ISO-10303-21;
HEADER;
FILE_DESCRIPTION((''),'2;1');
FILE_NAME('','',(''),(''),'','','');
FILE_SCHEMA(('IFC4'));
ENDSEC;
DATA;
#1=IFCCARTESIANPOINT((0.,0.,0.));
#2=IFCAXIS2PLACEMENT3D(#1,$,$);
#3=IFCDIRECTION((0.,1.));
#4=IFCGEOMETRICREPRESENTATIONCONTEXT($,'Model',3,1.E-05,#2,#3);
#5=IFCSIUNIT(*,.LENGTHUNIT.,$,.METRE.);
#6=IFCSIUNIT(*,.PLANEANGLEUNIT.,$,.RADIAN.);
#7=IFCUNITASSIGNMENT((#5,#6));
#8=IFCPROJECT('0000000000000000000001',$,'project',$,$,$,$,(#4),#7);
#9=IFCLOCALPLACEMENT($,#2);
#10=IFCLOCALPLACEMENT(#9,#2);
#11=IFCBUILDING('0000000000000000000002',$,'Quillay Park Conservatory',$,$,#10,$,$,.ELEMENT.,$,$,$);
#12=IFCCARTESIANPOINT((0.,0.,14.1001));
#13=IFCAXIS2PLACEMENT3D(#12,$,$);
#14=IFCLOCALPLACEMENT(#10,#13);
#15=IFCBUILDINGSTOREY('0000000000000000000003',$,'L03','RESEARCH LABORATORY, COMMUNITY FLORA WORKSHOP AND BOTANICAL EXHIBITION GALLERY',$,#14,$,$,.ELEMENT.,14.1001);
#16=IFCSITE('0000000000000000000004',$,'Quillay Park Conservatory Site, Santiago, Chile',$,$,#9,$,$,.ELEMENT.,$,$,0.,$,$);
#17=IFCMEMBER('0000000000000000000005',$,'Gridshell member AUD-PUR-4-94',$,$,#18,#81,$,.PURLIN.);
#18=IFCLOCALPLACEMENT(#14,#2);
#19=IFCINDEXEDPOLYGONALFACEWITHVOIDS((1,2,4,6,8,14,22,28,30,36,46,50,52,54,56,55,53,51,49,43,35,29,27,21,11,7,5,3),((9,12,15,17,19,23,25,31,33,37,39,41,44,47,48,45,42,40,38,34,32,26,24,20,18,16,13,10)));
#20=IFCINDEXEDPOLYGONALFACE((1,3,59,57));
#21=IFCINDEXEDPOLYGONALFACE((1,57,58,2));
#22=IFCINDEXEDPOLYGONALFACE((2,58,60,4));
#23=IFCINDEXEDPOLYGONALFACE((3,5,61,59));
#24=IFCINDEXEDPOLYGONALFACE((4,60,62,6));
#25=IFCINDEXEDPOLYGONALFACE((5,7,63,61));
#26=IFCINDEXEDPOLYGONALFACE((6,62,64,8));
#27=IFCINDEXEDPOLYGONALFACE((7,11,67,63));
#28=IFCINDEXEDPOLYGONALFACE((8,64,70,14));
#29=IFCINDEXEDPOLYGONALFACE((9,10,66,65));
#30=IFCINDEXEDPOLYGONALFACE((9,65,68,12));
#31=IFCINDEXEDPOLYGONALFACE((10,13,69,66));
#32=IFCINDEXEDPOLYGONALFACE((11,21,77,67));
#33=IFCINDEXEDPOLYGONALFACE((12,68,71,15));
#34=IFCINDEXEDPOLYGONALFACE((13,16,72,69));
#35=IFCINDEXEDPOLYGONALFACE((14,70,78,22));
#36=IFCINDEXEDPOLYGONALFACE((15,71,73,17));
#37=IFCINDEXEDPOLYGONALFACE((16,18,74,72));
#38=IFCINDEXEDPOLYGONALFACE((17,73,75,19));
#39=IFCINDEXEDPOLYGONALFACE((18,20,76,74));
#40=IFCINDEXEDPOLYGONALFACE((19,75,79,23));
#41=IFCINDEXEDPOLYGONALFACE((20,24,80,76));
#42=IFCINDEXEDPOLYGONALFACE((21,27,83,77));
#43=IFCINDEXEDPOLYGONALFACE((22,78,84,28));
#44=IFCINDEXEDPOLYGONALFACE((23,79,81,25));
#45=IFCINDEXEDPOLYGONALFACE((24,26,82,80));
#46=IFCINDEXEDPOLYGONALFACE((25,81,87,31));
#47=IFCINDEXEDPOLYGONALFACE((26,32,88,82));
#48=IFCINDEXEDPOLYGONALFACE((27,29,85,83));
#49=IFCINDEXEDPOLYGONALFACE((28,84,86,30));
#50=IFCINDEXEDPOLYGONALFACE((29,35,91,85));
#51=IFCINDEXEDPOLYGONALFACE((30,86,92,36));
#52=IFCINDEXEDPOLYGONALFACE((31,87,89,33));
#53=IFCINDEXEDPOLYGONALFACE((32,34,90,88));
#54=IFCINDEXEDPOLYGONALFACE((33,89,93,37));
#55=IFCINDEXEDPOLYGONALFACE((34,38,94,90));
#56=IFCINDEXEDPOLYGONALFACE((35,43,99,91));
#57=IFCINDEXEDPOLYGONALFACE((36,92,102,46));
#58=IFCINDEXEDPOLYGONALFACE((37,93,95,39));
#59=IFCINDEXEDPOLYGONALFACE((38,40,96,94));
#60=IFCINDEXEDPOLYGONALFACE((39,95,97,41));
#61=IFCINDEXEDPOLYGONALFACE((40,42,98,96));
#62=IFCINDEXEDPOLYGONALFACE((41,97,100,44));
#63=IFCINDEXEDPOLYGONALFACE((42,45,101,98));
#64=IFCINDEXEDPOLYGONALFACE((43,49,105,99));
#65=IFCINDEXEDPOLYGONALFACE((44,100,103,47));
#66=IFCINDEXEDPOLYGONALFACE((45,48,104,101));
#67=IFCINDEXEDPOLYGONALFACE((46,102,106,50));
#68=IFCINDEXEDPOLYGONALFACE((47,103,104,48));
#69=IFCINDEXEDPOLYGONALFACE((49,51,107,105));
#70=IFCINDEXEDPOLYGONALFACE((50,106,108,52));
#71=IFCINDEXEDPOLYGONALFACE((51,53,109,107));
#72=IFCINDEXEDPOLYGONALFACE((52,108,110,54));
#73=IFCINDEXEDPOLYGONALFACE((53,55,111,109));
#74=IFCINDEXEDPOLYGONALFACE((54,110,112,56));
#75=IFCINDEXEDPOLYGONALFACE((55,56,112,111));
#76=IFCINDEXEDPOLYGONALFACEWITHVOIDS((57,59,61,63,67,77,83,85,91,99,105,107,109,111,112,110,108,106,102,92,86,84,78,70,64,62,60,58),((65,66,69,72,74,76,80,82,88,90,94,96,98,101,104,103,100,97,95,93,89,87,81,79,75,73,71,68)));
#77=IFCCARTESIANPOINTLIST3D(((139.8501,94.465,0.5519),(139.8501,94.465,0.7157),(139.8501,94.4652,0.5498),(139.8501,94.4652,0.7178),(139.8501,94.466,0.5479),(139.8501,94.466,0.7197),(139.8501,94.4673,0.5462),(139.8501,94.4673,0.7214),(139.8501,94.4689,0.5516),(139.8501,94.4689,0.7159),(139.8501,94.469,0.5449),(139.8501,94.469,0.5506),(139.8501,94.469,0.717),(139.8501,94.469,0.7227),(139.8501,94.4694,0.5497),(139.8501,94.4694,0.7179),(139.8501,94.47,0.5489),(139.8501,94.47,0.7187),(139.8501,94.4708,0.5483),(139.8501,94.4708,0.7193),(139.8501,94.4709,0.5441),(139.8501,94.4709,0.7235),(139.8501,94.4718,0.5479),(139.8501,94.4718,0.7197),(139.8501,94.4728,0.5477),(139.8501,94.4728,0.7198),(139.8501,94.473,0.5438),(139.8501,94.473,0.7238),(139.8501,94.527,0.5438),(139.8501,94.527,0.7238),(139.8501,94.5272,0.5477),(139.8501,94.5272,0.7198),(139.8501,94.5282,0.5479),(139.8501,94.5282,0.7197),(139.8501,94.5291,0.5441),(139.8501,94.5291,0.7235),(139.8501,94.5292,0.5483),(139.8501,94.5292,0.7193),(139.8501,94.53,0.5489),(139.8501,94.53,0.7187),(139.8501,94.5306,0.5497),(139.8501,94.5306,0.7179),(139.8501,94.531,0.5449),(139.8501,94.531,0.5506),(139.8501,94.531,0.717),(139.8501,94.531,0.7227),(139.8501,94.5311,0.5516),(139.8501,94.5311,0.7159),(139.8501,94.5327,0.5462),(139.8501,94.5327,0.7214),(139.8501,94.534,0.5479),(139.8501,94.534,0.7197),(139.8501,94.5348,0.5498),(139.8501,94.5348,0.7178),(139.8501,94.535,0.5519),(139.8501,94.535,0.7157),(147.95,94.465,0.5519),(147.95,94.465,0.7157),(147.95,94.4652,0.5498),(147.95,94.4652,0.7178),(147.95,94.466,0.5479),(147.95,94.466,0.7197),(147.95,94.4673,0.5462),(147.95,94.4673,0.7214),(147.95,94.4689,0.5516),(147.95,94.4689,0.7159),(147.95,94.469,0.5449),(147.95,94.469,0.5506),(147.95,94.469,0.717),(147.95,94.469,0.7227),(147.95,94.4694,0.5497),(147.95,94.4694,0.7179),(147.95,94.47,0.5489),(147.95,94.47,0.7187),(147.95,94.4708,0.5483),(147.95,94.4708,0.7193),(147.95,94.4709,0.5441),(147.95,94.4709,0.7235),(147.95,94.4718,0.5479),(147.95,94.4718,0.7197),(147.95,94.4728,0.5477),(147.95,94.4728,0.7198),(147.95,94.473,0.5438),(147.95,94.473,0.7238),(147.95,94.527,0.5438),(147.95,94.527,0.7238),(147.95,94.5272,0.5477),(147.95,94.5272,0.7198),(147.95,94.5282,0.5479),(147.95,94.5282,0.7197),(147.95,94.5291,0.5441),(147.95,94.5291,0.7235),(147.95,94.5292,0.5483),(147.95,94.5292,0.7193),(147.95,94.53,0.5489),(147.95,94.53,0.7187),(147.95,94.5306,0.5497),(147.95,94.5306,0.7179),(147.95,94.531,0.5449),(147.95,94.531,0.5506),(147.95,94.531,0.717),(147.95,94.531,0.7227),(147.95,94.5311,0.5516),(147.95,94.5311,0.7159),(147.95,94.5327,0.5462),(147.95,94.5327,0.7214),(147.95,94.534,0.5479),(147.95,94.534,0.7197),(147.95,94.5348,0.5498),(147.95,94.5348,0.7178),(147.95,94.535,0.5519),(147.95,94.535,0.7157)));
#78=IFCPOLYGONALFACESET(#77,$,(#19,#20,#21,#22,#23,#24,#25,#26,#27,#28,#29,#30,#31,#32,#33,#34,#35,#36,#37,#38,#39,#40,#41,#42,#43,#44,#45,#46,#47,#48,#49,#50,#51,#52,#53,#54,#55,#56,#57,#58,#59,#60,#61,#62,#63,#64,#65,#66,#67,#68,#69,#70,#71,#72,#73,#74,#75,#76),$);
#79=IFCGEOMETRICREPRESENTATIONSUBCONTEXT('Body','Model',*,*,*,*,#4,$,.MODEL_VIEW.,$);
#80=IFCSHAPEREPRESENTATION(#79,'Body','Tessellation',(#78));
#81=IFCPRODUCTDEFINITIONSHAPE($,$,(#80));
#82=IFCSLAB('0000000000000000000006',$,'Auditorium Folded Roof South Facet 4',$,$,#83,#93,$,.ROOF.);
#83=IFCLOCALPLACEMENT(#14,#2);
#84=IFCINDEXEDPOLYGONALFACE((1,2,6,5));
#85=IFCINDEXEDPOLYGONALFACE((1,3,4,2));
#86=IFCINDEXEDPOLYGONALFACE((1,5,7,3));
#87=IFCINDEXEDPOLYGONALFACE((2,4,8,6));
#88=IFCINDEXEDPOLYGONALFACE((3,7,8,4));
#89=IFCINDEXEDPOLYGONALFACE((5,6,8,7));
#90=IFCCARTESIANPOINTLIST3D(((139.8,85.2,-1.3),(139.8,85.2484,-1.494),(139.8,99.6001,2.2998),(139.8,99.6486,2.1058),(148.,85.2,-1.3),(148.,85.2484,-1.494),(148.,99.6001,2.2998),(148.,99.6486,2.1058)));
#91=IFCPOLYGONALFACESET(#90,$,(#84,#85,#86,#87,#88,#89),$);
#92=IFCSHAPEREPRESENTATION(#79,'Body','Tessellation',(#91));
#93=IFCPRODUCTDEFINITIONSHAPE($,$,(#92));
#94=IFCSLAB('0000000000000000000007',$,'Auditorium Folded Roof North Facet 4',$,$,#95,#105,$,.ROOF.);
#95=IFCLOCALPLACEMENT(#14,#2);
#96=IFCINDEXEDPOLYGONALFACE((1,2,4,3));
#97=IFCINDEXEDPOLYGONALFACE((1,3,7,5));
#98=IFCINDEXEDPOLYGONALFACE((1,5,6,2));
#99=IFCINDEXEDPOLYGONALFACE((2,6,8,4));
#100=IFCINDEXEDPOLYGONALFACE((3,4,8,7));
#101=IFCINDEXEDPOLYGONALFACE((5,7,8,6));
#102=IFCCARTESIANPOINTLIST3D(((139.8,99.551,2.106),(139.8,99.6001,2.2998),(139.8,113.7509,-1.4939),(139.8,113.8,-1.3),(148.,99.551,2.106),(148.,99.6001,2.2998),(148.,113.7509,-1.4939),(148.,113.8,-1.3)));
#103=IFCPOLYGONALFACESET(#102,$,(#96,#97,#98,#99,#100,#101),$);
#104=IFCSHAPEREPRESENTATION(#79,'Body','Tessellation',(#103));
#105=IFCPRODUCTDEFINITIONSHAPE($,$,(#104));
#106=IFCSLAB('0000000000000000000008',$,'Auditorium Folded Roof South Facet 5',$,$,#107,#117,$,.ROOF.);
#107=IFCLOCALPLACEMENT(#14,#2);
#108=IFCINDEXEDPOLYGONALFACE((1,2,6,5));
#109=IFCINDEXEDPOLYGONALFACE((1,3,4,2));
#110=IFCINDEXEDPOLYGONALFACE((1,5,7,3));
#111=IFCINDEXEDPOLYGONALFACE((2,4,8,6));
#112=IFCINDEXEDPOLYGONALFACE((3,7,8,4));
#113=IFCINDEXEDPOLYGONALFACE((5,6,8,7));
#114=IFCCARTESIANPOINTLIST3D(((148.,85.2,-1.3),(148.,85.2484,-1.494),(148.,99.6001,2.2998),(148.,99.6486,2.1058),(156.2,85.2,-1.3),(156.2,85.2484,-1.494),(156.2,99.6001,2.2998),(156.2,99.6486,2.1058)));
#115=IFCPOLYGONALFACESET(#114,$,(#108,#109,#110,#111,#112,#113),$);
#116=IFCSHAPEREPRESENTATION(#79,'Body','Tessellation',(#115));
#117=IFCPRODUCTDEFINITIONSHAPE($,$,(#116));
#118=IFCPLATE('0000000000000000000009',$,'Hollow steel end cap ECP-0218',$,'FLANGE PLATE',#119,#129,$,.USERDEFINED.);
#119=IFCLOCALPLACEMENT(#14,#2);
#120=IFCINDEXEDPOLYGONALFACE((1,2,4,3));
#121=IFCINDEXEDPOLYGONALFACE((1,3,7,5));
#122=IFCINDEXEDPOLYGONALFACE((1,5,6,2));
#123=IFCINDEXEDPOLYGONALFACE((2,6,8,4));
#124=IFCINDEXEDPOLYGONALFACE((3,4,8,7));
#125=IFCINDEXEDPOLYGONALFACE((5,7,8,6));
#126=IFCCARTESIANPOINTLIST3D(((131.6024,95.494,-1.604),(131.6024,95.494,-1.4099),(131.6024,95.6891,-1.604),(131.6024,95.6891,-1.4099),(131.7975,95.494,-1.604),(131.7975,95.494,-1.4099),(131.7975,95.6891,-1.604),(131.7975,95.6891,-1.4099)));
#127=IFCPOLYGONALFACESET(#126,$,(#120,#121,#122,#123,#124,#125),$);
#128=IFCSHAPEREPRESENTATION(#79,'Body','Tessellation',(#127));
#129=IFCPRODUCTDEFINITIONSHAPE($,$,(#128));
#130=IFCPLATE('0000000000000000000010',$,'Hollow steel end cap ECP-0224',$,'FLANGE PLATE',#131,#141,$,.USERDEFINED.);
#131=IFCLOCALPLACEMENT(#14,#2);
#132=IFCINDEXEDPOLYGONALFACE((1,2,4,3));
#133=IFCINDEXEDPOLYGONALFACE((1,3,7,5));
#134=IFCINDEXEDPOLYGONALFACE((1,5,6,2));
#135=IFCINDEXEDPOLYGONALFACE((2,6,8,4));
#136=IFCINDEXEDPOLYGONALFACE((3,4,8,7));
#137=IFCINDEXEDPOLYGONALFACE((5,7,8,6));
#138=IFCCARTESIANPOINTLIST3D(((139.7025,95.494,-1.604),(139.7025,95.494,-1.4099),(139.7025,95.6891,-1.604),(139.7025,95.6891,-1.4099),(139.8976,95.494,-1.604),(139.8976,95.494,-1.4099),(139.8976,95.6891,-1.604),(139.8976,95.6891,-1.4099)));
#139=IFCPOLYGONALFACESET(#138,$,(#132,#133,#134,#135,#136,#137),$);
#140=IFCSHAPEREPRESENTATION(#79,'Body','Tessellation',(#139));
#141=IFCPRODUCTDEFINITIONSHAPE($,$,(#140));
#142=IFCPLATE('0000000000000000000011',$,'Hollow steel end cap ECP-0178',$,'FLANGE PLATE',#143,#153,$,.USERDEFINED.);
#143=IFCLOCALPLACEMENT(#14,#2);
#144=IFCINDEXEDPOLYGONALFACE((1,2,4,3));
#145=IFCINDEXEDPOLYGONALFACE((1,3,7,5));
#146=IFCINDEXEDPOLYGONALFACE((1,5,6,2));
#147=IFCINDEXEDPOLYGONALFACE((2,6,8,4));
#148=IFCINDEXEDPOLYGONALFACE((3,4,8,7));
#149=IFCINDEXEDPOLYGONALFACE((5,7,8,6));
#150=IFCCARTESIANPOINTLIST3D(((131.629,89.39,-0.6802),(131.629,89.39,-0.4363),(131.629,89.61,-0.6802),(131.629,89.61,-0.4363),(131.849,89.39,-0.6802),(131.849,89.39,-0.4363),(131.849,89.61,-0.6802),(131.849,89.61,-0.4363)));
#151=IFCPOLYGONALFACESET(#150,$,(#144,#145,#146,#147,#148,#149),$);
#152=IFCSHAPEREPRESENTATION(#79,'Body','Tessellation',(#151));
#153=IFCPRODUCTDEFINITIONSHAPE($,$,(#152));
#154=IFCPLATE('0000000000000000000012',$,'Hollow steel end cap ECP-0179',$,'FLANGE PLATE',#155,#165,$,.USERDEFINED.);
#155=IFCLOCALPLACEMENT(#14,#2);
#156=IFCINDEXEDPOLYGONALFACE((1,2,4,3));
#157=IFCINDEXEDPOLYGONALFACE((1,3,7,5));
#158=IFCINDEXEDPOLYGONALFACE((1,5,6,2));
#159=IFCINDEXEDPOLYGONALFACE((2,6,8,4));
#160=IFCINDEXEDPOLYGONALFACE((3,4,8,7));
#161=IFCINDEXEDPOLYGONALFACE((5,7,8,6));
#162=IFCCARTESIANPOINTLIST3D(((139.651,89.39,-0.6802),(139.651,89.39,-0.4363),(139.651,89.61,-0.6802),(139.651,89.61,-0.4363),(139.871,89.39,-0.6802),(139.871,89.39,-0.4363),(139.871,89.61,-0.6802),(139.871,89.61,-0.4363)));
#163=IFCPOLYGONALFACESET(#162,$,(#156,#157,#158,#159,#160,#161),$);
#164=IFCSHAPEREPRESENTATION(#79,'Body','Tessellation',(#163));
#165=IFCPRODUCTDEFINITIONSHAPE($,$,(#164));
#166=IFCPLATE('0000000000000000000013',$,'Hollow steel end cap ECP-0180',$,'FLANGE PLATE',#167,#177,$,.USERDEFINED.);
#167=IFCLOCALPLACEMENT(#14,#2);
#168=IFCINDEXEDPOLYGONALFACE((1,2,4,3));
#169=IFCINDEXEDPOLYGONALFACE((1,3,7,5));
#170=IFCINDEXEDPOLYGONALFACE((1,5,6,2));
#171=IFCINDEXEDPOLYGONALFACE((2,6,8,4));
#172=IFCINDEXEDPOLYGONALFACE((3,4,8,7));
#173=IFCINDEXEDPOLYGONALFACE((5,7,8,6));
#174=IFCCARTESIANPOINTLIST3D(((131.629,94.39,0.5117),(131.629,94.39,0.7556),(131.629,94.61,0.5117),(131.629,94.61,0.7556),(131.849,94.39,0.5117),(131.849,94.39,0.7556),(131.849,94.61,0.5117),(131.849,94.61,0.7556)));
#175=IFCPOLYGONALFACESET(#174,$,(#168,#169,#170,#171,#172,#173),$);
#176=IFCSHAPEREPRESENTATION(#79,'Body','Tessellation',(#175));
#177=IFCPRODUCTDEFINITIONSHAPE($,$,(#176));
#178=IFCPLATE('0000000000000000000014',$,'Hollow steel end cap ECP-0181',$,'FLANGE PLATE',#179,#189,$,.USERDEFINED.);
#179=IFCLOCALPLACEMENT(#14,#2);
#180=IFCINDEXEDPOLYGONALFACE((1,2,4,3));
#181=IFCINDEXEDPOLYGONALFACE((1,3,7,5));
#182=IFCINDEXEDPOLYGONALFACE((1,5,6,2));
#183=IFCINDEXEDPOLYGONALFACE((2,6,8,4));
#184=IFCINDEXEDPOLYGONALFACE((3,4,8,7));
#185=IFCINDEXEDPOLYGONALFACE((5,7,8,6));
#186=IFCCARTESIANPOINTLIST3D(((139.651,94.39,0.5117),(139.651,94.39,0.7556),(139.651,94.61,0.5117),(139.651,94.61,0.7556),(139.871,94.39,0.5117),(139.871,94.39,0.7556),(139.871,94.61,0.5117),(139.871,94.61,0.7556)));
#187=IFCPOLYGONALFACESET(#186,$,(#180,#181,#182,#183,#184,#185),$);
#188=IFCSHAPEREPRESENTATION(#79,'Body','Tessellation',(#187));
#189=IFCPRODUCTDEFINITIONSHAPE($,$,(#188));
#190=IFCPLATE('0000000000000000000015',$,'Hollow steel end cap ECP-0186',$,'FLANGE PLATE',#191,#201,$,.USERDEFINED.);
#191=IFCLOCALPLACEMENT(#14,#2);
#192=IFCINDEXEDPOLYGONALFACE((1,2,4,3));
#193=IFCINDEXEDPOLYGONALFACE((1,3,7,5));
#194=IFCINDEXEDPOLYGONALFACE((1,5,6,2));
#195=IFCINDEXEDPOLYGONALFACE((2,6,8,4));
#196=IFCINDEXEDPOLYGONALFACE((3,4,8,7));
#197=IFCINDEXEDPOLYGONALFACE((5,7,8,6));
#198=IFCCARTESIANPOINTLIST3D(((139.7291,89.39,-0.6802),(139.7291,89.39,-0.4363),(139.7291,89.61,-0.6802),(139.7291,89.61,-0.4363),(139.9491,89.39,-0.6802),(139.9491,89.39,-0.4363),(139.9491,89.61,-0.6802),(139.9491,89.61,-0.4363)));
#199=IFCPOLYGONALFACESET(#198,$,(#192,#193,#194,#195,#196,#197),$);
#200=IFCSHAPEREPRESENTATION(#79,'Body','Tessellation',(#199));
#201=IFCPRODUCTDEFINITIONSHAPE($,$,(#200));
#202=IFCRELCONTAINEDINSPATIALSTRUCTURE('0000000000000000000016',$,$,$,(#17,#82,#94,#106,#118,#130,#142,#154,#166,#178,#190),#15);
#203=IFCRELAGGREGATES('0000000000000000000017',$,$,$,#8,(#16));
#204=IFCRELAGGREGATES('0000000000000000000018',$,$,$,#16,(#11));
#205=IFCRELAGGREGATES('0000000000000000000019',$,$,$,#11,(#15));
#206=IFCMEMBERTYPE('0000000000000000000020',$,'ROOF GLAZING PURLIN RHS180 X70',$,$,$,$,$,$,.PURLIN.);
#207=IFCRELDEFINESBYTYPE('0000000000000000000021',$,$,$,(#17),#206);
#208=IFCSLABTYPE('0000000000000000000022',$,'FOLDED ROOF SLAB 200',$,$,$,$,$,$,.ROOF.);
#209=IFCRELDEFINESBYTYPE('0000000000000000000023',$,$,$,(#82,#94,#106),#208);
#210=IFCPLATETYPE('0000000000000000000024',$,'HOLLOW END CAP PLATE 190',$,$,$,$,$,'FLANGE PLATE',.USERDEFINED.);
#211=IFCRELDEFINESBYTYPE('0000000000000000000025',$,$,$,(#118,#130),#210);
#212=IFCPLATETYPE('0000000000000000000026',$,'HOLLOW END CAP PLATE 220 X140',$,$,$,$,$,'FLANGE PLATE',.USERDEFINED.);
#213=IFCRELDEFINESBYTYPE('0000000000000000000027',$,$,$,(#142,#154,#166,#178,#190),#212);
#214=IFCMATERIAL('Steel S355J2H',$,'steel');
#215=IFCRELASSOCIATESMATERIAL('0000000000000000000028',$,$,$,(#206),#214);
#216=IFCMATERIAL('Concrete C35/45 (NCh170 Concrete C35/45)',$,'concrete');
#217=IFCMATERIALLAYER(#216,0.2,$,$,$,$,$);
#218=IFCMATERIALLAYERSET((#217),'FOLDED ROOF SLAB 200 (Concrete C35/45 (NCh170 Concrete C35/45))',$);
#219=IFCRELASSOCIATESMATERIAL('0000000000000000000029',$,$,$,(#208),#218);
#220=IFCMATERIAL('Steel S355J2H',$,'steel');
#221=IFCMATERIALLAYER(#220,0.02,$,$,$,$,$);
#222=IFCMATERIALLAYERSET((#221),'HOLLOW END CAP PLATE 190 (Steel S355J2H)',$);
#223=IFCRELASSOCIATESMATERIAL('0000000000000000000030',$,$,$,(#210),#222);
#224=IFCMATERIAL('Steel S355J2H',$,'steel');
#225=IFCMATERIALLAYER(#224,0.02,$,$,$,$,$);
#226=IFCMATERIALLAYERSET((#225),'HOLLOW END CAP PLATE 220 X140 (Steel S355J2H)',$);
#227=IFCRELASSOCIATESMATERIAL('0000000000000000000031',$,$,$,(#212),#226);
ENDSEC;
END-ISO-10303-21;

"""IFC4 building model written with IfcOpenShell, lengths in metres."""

from ifc_helpers import new_model, si_unit, direction, frame, origin, origin_2d, place, context, subcontext, project, spatial, polyline, rectangle, hollow_rectangle, outline, extrude, material, layer, layer_set, material_profile, profile_set, type_object, element, save


model = new_model("IFC4")

# Units and contexts
model_context = context("Model", 3, precision=1e-05, world=origin(), true_north=direction((0.0, 1.0)))
body_context = subcontext(model_context, "Body", "Model", "MODEL_VIEW")
ifc_project = project(units=[si_unit("LENGTHUNIT", "METRE"), si_unit("PLANEANGLEUNIT", "RADIAN")], contexts=[model_context])

# Site, building, storey
site_placement = place(None, origin())
site = spatial("IfcSite", under=ifc_project, at=site_placement, Name="Quillay Park Conservatory Site, Santiago, Chile", CompositionType="ELEMENT", RefElevation=0.0)
building_placement = place(site_placement, origin())
building = spatial("IfcBuilding", under=site, at=building_placement, Name="Quillay Park Conservatory", CompositionType="ELEMENT")
storey_placement = place(building_placement, frame((0.0, 0.0, 14.1001)))
storey = spatial("IfcBuildingStorey", under=building, at=storey_placement, Name="L03", Description="RESEARCH LABORATORY, COMMUNITY FLORA WORKSHOP AND BOTANICAL EXHIBITION GALLERY", CompositionType="ELEMENT", Elevation=14.1001)

# Member
ifc_material_1 = material(Name="Steel S355J2H", Category="steel")
ifc_material_profile_1 = material_profile(ifc_material_1, hollow_rectangle(XDim=0.0701, YDim=0.1799, WallThickness=0.0039, InnerFilletRadius=0.0039, OuterFilletRadius=0.0081, at=origin_2d()), Name="RHS180x70x4")
ifc_profile_set_1 = profile_set([ifc_material_profile_1], Name="Steel S355J2H")
member_type_1 = type_object("IfcMemberType", Name="ROOF GLAZING PURLIN RHS180 X70", PredefinedType="PURLIN", material=ifc_profile_set_1)
for number, where, z_axis, x_axis, name in (
    (1, (139.8501, 94.5, 0.6338), (1.0, 0.0, 0.0), (0.0, 1.0, 0.0), "Gridshell member AUD-PUR-4-94"),
):
    element("IfcMember", number, at=place(storey_placement, frame(where, z_axis=z_axis, x_axis=x_axis)), inside=storey, type_object=member_type_1, Name=name, PredefinedType="PURLIN", context=body_context, shape_type="SweptSolid", body=[
        extrude(hollow_rectangle(XDim=0.0701, YDim=0.1799, WallThickness=0.0039, InnerFilletRadius=0.0039, OuterFilletRadius=0.0081, at=origin_2d()), origin(), (0.0, 0.0, 1.0), 8.0999),
    ])

# Slabs
ifc_material_2 = material(Name="Concrete C35/45 (NCh170 Concrete C35/45)", Category="concrete")
ifc_layer_1 = layer(ifc_material_2, 0.2)
ifc_layer_set_1 = layer_set([ifc_layer_1], Name="FOLDED ROOF SLAB 200 (Concrete C35/45 (NCh170 Concrete C35/45))")
slab_type = type_object("IfcSlabType", Name="FOLDED ROOF SLAB 200", PredefinedType="ROOF", material=ifc_layer_set_1)
slab_1_placement = place(storey_placement, frame((139.8, 85.2, -1.3), z_axis=(0.0, -0.242524, 0.970145), x_axis=(1.0, 0.0, 0.0)))
element("IfcSlab", 2, at=slab_1_placement, inside=storey, type_object=slab_type, Name="Auditorium Folded Roof South Facet 4", PredefinedType="ROOF", context=body_context, shape_type="SweptSolid", body=[
    extrude(outline(polyline([(0.0, 0.0), (8.2, 0.0), (8.2, 14.8433), (0.0, 14.8433), (0.0, 0.0)])), origin(), (0.0, 0.0, -1.0), 0.2),
])
slab_2_placement = place(storey_placement, frame((139.8, 99.6001, 2.2998), z_axis=(0.0, 0.245738, 0.969336), x_axis=(1.0, 0.0, 0.0)))
element("IfcSlab", 3, at=slab_2_placement, inside=storey, type_object=slab_type, Name="Auditorium Folded Roof North Facet 4", PredefinedType="ROOF", context=body_context, shape_type="SweptSolid", body=[
    extrude(outline(polyline([(0.0, 0.0), (8.2, 0.0), (8.2, 14.6491), (0.0, 14.6491), (0.0, 0.0)])), origin(), (0.0, 0.0, -1.0), 0.2),
])
slab_3_placement = place(storey_placement, frame((148.0, 85.2, -1.3), z_axis=(0.0, -0.242524, 0.970145), x_axis=(1.0, 0.0, 0.0)))
element("IfcSlab", 4, at=slab_3_placement, inside=storey, type_object=slab_type, Name="Auditorium Folded Roof South Facet 5", PredefinedType="ROOF", context=body_context, shape_type="SweptSolid", body=[
    extrude(outline(polyline([(0.0, 0.0), (8.2, 0.0), (8.2, 14.8433), (0.0, 14.8433), (0.0, 0.0)])), origin(), (0.0, 0.0, -1.0), 0.2),
])

# Plates
ifc_material_3 = material(Name="Steel S355J2H", Category="steel")
ifc_layer_2 = layer(ifc_material_3, 0.02)
ifc_layer_set_2 = layer_set([ifc_layer_2], Name="HOLLOW END CAP PLATE 190 (Steel S355J2H)")
plate_type_1 = type_object("IfcPlateType", Name="HOLLOW END CAP PLATE 190", ElementType="FLANGE PLATE", PredefinedType="USERDEFINED", material=ifc_layer_set_2)
for number, where, z_axis, x_axis, name in (
    (5, (131.7, 95.5916, -1.604), (0.0, 0.0, 1.0), (1.0, 0.0, 0.0), "Hollow steel end cap ECP-0218"),
    (6, (139.8, 95.5916, -1.604), (0.0, 0.0, 1.0), (1.0, 0.0, 0.0), "Hollow steel end cap ECP-0224"),
):
    element("IfcPlate", number, at=place(storey_placement, frame(where, z_axis=z_axis, x_axis=x_axis)), inside=storey, type_object=plate_type_1, Name=name, ObjectType="FLANGE PLATE", PredefinedType="USERDEFINED", context=body_context, shape_type="SweptSolid", body=[
        extrude(rectangle(XDim=0.1951, YDim=0.1951, at=origin_2d()), origin(), (0.0, 0.0, 1.0), 0.1941),
    ])
ifc_material_4 = material(Name="Steel S355J2H", Category="steel")
ifc_layer_3 = layer(ifc_material_4, 0.02)
ifc_layer_set_3 = layer_set([ifc_layer_3], Name="HOLLOW END CAP PLATE 220 X140 (Steel S355J2H)")
plate_type_2 = type_object("IfcPlateType", Name="HOLLOW END CAP PLATE 220 X140", ElementType="FLANGE PLATE", PredefinedType="USERDEFINED", material=ifc_layer_set_3)
for number, where, z_axis, x_axis, name in (
    (7, (131.739, 89.5, -0.6802), (0.0, 0.0, 1.0), (1.0, 0.0, 0.0), "Hollow steel end cap ECP-0178"),
    (8, (139.761, 89.5, -0.6802), (0.0, 0.0, 1.0), (1.0, 0.0, 0.0), "Hollow steel end cap ECP-0179"),
    (9, (131.739, 94.5, 0.5117), (0.0, 0.0, 1.0), (1.0, 0.0, 0.0), "Hollow steel end cap ECP-0180"),
    (10, (139.761, 94.5, 0.5117), (0.0, 0.0, 1.0), (1.0, 0.0, 0.0), "Hollow steel end cap ECP-0181"),
    (11, (139.8391, 89.5, -0.6802), (0.0, 0.0, 1.0), (1.0, 0.0, 0.0), "Hollow steel end cap ECP-0186"),
):
    element("IfcPlate", number, at=place(storey_placement, frame(where, z_axis=z_axis, x_axis=x_axis)), inside=storey, type_object=plate_type_2, Name=name, ObjectType="FLANGE PLATE", PredefinedType="USERDEFINED", context=body_context, shape_type="SweptSolid", body=[
        extrude(rectangle(XDim=0.22, YDim=0.22, at=origin_2d()), origin(), (0.0, 0.0, 1.0), 0.2439),
    ])

save(model, "model.ifc")
